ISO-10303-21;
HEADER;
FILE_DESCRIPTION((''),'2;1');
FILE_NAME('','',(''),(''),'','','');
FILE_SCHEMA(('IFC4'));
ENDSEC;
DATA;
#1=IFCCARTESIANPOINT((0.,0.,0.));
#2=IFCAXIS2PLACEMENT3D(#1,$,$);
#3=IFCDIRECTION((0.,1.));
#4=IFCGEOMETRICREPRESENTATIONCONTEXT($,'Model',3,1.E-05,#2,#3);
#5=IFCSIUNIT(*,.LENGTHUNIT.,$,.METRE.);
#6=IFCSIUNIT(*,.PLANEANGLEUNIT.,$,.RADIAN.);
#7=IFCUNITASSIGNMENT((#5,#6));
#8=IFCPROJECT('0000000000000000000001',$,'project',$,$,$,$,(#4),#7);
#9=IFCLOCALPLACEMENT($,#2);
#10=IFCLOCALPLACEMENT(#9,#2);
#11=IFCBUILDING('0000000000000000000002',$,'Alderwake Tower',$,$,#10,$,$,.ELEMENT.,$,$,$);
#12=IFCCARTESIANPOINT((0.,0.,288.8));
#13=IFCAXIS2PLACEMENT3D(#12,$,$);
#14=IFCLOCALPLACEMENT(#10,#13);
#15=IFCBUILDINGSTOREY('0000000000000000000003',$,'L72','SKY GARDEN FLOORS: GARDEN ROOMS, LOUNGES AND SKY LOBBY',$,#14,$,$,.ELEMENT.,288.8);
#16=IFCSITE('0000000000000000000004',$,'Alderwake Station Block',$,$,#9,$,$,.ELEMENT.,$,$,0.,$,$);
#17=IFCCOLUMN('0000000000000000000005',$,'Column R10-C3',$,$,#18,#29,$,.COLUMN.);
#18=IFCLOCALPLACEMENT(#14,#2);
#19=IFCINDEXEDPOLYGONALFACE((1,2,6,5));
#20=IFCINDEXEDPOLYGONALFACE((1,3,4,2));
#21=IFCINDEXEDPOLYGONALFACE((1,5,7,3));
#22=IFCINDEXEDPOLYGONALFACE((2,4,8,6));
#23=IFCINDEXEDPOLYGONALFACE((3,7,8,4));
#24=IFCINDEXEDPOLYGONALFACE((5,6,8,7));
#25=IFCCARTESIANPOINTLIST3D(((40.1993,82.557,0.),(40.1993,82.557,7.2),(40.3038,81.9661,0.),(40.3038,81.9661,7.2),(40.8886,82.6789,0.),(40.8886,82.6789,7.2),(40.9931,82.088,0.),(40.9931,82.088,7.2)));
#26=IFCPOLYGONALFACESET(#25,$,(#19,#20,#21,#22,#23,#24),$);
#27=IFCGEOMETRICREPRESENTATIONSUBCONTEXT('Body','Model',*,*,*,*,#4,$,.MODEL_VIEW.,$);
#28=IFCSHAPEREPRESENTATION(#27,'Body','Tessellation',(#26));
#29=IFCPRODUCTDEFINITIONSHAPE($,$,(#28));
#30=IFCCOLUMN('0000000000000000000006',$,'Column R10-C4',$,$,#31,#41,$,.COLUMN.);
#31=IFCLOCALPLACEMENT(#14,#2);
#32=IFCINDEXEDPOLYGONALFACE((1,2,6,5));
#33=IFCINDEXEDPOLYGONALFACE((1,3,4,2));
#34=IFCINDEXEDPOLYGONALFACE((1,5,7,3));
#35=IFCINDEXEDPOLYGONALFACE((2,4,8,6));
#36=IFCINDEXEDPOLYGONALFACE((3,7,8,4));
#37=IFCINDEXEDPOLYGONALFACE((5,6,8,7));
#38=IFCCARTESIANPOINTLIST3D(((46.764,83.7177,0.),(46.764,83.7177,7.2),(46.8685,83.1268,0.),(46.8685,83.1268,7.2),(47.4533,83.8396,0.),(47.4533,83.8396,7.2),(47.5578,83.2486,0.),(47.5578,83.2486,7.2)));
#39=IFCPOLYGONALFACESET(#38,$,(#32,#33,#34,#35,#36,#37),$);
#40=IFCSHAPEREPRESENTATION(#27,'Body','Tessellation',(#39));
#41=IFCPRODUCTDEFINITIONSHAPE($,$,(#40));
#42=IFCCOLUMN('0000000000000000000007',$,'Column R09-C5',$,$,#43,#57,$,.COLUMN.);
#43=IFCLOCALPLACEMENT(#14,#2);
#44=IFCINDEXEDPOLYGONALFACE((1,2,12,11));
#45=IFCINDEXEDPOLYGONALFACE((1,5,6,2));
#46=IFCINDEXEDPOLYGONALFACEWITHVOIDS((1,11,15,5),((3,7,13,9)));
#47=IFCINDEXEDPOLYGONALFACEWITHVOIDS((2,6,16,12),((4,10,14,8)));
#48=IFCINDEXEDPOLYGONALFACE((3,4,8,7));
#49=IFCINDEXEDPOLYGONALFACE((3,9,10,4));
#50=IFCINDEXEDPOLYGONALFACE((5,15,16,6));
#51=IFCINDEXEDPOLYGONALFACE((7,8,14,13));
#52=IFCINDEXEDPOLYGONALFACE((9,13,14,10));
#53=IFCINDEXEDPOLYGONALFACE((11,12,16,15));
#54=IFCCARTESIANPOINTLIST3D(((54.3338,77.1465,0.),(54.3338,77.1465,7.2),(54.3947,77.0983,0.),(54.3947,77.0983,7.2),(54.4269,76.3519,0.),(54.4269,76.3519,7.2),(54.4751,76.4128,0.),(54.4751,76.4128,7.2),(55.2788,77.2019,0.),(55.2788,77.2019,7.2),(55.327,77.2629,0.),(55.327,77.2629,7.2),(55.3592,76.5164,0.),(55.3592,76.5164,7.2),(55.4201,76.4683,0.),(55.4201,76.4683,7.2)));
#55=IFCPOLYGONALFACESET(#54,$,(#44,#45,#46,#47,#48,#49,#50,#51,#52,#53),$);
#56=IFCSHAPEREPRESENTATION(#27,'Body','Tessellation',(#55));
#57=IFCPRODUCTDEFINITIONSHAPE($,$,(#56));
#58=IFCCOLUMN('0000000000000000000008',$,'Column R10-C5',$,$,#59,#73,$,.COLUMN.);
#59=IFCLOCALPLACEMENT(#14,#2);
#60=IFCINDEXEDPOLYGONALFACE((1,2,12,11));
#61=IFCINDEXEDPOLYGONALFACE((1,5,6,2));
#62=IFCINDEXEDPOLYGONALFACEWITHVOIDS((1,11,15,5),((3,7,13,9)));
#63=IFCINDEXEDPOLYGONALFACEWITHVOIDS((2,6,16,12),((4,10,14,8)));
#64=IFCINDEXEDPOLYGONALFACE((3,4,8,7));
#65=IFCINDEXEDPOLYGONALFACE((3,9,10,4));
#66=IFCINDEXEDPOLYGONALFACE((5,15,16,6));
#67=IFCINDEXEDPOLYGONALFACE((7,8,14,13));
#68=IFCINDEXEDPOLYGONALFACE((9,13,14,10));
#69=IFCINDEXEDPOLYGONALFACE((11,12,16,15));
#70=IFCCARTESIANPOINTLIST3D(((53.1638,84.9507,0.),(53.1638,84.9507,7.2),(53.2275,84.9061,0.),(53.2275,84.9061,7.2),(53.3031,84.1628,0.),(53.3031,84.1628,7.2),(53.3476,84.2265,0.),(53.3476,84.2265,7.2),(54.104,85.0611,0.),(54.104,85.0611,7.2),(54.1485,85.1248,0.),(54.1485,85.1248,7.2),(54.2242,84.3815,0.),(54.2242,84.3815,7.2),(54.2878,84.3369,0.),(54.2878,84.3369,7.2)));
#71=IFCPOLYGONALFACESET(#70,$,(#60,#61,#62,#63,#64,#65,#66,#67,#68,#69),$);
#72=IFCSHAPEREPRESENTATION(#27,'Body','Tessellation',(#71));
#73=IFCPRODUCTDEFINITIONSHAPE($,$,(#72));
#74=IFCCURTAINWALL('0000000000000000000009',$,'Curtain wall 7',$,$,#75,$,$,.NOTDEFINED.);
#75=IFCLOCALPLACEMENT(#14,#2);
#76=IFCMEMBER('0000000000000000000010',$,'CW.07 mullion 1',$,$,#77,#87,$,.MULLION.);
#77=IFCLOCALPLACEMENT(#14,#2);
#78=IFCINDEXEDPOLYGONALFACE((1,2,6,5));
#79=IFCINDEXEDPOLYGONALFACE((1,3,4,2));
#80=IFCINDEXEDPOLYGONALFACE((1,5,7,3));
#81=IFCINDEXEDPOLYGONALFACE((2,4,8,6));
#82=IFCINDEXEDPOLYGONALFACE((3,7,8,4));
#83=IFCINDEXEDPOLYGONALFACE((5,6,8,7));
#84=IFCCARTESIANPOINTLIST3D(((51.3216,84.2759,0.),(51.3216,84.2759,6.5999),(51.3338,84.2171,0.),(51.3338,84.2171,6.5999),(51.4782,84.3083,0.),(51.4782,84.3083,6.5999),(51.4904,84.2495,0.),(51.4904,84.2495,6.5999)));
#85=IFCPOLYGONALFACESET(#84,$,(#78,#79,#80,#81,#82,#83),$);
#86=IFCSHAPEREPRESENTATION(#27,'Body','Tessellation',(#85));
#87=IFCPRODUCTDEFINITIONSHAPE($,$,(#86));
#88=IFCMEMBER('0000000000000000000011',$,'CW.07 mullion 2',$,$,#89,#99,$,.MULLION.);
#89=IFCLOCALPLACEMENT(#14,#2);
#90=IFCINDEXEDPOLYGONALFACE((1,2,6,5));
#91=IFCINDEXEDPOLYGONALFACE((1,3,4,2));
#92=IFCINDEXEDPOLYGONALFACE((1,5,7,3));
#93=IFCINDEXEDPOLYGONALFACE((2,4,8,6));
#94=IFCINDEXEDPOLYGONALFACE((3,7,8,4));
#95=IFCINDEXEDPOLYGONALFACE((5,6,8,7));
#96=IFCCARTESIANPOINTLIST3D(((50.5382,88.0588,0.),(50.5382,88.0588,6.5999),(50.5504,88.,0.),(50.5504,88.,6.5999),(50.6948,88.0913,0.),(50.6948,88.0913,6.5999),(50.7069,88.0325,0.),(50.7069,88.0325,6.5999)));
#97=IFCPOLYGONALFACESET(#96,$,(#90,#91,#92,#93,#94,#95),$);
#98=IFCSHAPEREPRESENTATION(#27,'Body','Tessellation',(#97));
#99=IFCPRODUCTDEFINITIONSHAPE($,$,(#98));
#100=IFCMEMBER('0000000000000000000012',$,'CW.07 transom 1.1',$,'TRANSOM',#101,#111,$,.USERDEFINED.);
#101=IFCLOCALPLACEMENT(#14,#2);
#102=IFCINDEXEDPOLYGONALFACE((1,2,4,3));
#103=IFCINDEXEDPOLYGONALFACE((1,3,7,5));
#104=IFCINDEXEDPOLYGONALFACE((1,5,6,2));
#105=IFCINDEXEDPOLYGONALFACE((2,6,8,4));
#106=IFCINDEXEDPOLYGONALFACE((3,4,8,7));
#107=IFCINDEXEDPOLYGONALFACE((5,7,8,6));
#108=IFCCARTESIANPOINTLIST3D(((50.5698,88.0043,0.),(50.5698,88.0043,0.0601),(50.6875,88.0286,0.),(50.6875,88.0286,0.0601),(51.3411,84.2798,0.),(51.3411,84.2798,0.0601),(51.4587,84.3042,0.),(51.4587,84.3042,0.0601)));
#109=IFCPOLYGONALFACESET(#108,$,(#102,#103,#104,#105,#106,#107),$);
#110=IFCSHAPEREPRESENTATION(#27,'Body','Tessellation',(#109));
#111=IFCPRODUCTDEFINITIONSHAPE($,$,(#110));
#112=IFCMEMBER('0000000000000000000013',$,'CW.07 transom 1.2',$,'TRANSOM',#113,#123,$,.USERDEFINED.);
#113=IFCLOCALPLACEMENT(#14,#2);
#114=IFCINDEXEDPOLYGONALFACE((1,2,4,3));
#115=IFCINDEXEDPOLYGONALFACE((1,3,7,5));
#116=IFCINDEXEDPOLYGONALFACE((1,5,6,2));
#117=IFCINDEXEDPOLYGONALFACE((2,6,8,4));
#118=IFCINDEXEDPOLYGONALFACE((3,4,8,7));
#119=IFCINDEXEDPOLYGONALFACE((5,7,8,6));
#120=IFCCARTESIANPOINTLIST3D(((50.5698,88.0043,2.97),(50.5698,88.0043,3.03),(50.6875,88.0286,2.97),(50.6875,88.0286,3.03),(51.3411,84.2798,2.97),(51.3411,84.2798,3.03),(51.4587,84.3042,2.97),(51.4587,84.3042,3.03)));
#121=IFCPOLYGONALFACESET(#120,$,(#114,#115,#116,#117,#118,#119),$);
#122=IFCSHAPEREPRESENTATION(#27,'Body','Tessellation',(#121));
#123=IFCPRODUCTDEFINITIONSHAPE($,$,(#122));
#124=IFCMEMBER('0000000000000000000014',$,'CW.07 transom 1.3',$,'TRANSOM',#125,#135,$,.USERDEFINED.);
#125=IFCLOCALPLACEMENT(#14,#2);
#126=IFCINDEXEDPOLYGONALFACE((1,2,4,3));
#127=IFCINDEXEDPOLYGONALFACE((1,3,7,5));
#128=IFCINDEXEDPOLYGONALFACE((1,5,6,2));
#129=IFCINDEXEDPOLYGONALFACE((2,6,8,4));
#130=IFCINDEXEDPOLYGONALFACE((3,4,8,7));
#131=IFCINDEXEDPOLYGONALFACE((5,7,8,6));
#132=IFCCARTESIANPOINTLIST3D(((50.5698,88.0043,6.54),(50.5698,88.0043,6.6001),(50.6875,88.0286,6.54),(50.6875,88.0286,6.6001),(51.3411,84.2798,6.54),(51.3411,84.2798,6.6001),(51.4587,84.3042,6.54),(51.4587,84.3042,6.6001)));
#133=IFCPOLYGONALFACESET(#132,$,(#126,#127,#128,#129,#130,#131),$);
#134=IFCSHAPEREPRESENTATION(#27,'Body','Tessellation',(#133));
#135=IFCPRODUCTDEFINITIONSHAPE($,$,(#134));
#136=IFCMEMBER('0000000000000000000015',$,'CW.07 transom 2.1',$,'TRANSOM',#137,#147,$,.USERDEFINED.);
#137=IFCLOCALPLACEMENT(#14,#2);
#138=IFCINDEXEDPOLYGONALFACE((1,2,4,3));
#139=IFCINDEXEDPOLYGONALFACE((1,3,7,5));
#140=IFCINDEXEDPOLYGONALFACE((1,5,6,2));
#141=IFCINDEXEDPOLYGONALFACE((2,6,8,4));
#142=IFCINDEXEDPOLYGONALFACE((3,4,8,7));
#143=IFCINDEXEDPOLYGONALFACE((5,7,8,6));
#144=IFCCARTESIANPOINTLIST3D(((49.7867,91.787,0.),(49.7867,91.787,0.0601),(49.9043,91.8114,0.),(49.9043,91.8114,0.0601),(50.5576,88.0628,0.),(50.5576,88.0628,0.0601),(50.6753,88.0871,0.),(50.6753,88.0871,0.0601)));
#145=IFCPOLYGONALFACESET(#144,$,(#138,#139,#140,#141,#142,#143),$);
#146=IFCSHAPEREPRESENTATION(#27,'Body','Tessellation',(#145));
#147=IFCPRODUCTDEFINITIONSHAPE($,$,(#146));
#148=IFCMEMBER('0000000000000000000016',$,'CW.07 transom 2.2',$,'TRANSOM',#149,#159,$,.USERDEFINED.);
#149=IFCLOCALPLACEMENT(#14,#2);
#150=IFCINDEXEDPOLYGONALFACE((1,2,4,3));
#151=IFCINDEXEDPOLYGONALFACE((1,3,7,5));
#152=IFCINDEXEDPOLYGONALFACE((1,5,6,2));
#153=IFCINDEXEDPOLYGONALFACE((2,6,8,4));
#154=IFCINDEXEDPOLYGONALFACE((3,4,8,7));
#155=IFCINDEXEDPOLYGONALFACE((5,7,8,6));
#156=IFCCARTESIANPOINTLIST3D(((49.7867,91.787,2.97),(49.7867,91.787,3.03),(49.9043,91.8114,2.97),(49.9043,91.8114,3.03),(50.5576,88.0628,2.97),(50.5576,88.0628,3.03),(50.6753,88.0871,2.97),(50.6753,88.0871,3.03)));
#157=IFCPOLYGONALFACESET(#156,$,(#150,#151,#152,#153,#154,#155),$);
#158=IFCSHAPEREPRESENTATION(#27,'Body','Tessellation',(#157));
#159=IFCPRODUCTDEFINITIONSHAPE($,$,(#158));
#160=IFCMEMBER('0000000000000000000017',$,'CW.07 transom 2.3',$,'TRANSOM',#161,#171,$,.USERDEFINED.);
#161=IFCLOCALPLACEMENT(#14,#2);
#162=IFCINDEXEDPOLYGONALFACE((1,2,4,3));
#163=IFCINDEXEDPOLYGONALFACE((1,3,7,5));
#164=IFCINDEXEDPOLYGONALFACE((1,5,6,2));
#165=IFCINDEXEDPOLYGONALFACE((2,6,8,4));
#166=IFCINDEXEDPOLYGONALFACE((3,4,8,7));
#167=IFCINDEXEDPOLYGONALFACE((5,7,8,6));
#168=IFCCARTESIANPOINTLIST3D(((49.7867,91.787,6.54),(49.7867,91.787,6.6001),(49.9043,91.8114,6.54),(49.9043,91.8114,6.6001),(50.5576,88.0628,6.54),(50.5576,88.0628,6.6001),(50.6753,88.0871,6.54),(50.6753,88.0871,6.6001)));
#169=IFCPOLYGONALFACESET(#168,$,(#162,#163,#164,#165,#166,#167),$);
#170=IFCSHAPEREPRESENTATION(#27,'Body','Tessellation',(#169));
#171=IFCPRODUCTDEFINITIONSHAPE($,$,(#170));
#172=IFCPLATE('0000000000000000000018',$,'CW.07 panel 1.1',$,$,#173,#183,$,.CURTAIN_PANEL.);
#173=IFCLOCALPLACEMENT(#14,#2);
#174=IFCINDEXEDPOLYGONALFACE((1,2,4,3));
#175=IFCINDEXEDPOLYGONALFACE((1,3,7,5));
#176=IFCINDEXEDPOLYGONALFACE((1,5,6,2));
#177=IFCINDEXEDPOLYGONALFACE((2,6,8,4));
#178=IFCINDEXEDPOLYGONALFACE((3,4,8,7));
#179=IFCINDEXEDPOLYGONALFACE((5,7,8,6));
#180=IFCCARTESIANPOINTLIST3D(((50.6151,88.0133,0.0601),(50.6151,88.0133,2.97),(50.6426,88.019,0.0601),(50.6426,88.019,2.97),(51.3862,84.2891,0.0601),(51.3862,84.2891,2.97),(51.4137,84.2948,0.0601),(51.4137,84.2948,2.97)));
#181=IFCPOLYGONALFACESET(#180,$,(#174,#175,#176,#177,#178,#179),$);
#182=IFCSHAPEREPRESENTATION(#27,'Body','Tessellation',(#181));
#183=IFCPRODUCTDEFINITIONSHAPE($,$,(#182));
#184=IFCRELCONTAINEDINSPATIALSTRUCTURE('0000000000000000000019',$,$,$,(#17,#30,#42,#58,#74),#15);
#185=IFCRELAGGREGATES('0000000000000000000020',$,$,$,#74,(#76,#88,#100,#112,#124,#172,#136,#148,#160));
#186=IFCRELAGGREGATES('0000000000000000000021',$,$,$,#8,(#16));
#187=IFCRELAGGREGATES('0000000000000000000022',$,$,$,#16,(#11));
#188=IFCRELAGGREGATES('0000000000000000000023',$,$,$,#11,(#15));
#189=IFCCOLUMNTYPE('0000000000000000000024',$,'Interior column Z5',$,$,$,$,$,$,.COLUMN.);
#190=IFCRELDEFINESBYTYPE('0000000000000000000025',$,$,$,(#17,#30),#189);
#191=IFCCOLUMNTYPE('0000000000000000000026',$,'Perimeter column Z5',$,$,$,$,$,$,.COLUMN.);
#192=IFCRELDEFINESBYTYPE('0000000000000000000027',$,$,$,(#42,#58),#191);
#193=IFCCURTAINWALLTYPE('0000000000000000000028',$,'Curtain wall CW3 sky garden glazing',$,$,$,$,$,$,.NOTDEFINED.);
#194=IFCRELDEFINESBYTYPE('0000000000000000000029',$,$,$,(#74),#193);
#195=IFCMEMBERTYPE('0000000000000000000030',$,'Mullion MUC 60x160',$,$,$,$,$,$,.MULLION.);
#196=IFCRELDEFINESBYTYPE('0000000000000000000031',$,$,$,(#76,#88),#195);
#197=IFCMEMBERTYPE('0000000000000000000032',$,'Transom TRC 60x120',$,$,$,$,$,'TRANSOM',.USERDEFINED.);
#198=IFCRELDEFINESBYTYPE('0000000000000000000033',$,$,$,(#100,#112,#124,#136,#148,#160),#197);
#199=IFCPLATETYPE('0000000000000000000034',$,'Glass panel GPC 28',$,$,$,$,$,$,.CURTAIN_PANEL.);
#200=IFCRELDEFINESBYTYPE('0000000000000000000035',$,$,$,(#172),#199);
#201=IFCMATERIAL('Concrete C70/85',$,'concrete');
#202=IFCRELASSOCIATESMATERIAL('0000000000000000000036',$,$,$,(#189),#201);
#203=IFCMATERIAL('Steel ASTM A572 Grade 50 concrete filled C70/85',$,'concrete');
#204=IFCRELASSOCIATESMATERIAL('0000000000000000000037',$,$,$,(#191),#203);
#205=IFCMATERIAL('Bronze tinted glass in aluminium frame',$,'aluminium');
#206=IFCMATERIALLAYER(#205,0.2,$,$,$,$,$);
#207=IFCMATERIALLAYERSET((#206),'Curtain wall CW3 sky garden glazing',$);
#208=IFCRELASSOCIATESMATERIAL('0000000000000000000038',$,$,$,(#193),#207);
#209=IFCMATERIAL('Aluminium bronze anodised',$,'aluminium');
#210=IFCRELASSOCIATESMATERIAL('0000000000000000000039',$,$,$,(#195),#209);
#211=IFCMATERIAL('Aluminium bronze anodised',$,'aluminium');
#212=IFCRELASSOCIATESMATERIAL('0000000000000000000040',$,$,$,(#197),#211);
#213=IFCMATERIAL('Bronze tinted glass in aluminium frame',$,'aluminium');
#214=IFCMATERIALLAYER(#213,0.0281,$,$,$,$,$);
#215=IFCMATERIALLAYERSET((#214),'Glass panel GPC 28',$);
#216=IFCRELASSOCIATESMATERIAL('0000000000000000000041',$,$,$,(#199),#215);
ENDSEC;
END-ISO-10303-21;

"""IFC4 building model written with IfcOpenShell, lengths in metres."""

from ifc_helpers import new_model, si_unit, direction, frame, origin, origin_2d, place, context, subcontext, project, spatial, rectangle, hollow_rectangle, extrude, material, layer, layer_set, material_profile, profile_set, type_object, element, aggregate, save


model = new_model("IFC4")

# Units and contexts
model_context = context("Model", 3, precision=1e-05, world=origin(), true_north=direction((0.0, 1.0)))
body_context = subcontext(model_context, "Body", "Model", "MODEL_VIEW")
ifc_project = project(units=[si_unit("LENGTHUNIT", "METRE"), si_unit("PLANEANGLEUNIT", "RADIAN")], contexts=[model_context])

# Site, building, storey
site_placement = place(None, origin())
site = spatial("IfcSite", under=ifc_project, at=site_placement, Name="Alderwake Station Block", CompositionType="ELEMENT", RefElevation=0.0)
building_placement = place(site_placement, origin())
building = spatial("IfcBuilding", under=site, at=building_placement, Name="Alderwake Tower", CompositionType="ELEMENT")
storey_placement = place(building_placement, frame((0.0, 0.0, 288.8)))
storey = spatial("IfcBuildingStorey", under=building, at=storey_placement, Name="L72", Description="SKY GARDEN FLOORS: GARDEN ROOMS, LOUNGES AND SKY LOBBY", CompositionType="ELEMENT", Elevation=288.8)

# Columns
ifc_material_1 = material(Name="Concrete C70/85", Category="concrete")
ifc_material_profile_1 = material_profile(ifc_material_1, rectangle(XDim=0.6001, YDim=0.7, at=origin_2d()), Name="RC 700X600")
ifc_profile_set_1 = profile_set([ifc_material_profile_1], Name="Concrete C70/85")
column_type_1 = type_object("IfcColumnType", Name="Interior column Z5", PredefinedType="COLUMN", material=ifc_profile_set_1)
for number, where, z_axis, x_axis, name in (
    (1, (40.5962, 82.3225, 0.0), (0.0, 0.0, 1.0), (-0.174107, 0.984727, 0.0), "Column R10-C3"),
    (2, (47.1609, 83.4832, 0.0), (0.0, 0.0, 1.0), (-0.174109, 0.984726, 0.0), "Column R10-C4"),
):
    element("IfcColumn", number, at=place(storey_placement, frame(where, z_axis=z_axis, x_axis=x_axis)), inside=storey, type_object=column_type_1, Name=name, PredefinedType="COLUMN", context=body_context, shape_type="SweptSolid", body=[
        extrude(rectangle(XDim=0.6001, YDim=0.7, at=origin_2d()), origin(), (0.0, 0.0, 1.0), 7.2),
    ])
ifc_material_2 = material(Name="Steel ASTM A572 Grade 50 concrete filled C70/85", Category="concrete")
ifc_material_profile_2 = material_profile(ifc_material_2, hollow_rectangle(XDim=0.8, YDim=1.0, WallThickness=0.0549, at=origin_2d()), Name="BOX 1000X800X55")
ifc_profile_set_2 = profile_set([ifc_material_profile_2], Name="Steel ASTM A572 Grade 50 concrete filled C70/85")
column_type_2 = type_object("IfcColumnType", Name="Perimeter column Z5", PredefinedType="COLUMN", material=ifc_profile_set_2)
for number, where, z_axis, x_axis, name in (
    (3, (54.877, 76.8074, 0.0), (0.0, 0.0, 1.0), (-0.116402, 0.993202, 0.0), "Column R09-C5"),
    (4, (53.7258, 84.6438, 0.0), (0.0, 0.0, 1.0), (-0.174109, 0.984726, 0.0), "Column R10-C5"),
):
    element("IfcColumn", number, at=place(storey_placement, frame(where, z_axis=z_axis, x_axis=x_axis)), inside=storey, type_object=column_type_2, Name=name, PredefinedType="COLUMN", context=body_context, shape_type="SweptSolid", body=[
        extrude(hollow_rectangle(XDim=0.8, YDim=1.0, WallThickness=0.0549, at=origin_2d()), origin(), (0.0, 0.0, 1.0), 7.2),
    ])

# Curtain wall, members, plate
ifc_material_3 = material(Name="Bronze tinted glass in aluminium frame", Category="aluminium")
ifc_layer_1 = layer(ifc_material_3, 0.2)
ifc_layer_set_1 = layer_set([ifc_layer_1], Name="Curtain wall CW3 sky garden glazing")
curtain_wall_type = type_object("IfcCurtainWallType", Name="Curtain wall CW3 sky garden glazing", PredefinedType="NOTDEFINED", material=ifc_layer_set_1)
curtain_wall_placement = place(storey_placement, origin())
curtain_wall = element("IfcCurtainWall", 5, at=curtain_wall_placement, inside=storey, type_object=curtain_wall_type, Name="Curtain wall 7", PredefinedType="NOTDEFINED")
ifc_material_4 = material(Name="Aluminium bronze anodised", Category="aluminium")
ifc_material_profile_3 = material_profile(ifc_material_4, rectangle(XDim=0.1599, YDim=0.0601, at=origin_2d()), Name="Mullion MUC 60x160")
ifc_profile_set_3 = profile_set([ifc_material_profile_3], Name="Aluminium bronze anodised")
member_type_1 = type_object("IfcMemberType", Name="Mullion MUC 60x160", PredefinedType="MULLION", material=ifc_profile_set_3)
member_1_placement = place(storey_placement, frame((51.406, 84.2627, 0.0), z_axis=(0.0, 0.0, 1.0), x_axis=(-0.97923, -0.20275, 0.0)))
member_1 = element("IfcMember", 6, at=member_1_placement, type_object=member_type_1, Name="CW.07 mullion 1", PredefinedType="MULLION", context=body_context, shape_type="SweptSolid", body=[
    extrude(rectangle(XDim=0.1599, YDim=0.0601, at=origin_2d()), origin(), (0.0, 0.0, 1.0), 6.5999),
])
member_2_placement = place(storey_placement, frame((50.6226, 88.0457, 0.0), z_axis=(0.0, 0.0, 1.0), x_axis=(-0.97923, -0.20275, 0.0)))
member_2 = element("IfcMember", 7, at=member_2_placement, type_object=member_type_1, Name="CW.07 mullion 2", PredefinedType="MULLION", context=body_context, shape_type="SweptSolid", body=[
    extrude(rectangle(XDim=0.1599, YDim=0.0601, at=origin_2d()), origin(), (0.0, 0.0, 1.0), 6.5999),
])
ifc_material_5 = material(Name="Aluminium bronze anodised", Category="aluminium")
ifc_material_profile_4 = material_profile(ifc_material_5, rectangle(XDim=0.1201, YDim=0.0601, at=origin_2d()), Name="Transom TRC 60x120")
ifc_profile_set_4 = profile_set([ifc_material_profile_4], Name="Aluminium bronze anodised")
member_type_2 = type_object("IfcMemberType", Name="Transom TRC 60x120", ElementType="TRANSOM", PredefinedType="USERDEFINED", material=ifc_profile_set_4)
member_3_placement = place(storey_placement, frame((51.3999, 84.292, 0.03), z_axis=(-0.202778, 0.979225, 0.0), x_axis=(-0.979225, -0.202778, 0.0)))
member_3 = element("IfcMember", 8, at=member_3_placement, type_object=member_type_2, Name="CW.07 transom 1.1", ObjectType="TRANSOM", PredefinedType="USERDEFINED", context=body_context, shape_type="SweptSolid", body=[
    extrude(rectangle(XDim=0.1201, YDim=0.0601, at=origin_2d()), origin(), (0.0, 0.0, 1.0), 3.8035),
])
member_4_placement = place(storey_placement, frame((51.3999, 84.292, 3.0), z_axis=(-0.202778, 0.979225, 0.0), x_axis=(-0.979225, -0.202778, 0.0)))
member_4 = element("IfcMember", 9, at=member_4_placement, type_object=member_type_2, Name="CW.07 transom 1.2", ObjectType="TRANSOM", PredefinedType="USERDEFINED", context=body_context, shape_type="SweptSolid", body=[
    extrude(rectangle(XDim=0.1201, YDim=0.0601, at=origin_2d()), origin(), (0.0, 0.0, 1.0), 3.8035),
])
member_5_placement = place(storey_placement, frame((51.3999, 84.292, 6.5701), z_axis=(-0.202778, 0.979225, 0.0), x_axis=(-0.979225, -0.202778, 0.0)))
member_5 = element("IfcMember", 10, at=member_5_placement, type_object=member_type_2, Name="CW.07 transom 1.3", ObjectType="TRANSOM", PredefinedType="USERDEFINED", context=body_context, shape_type="SweptSolid", body=[
    extrude(rectangle(XDim=0.1201, YDim=0.0601, at=origin_2d()), origin(), (0.0, 0.0, 1.0), 3.8035),
])
member_6_placement = place(storey_placement, frame((50.6165, 88.075, 0.03), z_axis=(-0.202716, 0.979238, 0.0), x_axis=(-0.979238, -0.202716, 0.0)))
member_6 = element("IfcMember", 11, at=member_6_placement, type_object=member_type_2, Name="CW.07 transom 2.1", ObjectType="TRANSOM", PredefinedType="USERDEFINED", context=body_context, shape_type="SweptSolid", body=[
    extrude(rectangle(XDim=0.1201, YDim=0.0601, at=origin_2d()), origin(), (0.0, 0.0, 1.0), 3.8032),
])
member_7_placement = place(storey_placement, frame((50.6165, 88.075, 3.0), z_axis=(-0.202716, 0.979238, 0.0), x_axis=(-0.979238, -0.202716, 0.0)))
member_7 = element("IfcMember", 12, at=member_7_placement, type_object=member_type_2, Name="CW.07 transom 2.2", ObjectType="TRANSOM", PredefinedType="USERDEFINED", context=body_context, shape_type="SweptSolid", body=[
    extrude(rectangle(XDim=0.1201, YDim=0.0601, at=origin_2d()), origin(), (0.0, 0.0, 1.0), 3.8032),
])
member_8_placement = place(storey_placement, frame((50.6165, 88.075, 6.5701), z_axis=(-0.202716, 0.979238, 0.0), x_axis=(-0.979238, -0.202716, 0.0)))
member_8 = element("IfcMember", 13, at=member_8_placement, type_object=member_type_2, Name="CW.07 transom 2.3", ObjectType="TRANSOM", PredefinedType="USERDEFINED", context=body_context, shape_type="SweptSolid", body=[
    extrude(rectangle(XDim=0.1201, YDim=0.0601, at=origin_2d()), origin(), (0.0, 0.0, 1.0), 3.8032),
])
ifc_material_6 = material(Name="Bronze tinted glass in aluminium frame", Category="aluminium")
ifc_layer_2 = layer(ifc_material_6, 0.0281)
ifc_layer_set_2 = layer_set([ifc_layer_2], Name="Glass panel GPC 28")
plate_type = type_object("IfcPlateType", Name="Glass panel GPC 28", PredefinedType="CURTAIN_PANEL", material=ifc_layer_set_2)
plate_1_placement = place(storey_placement, frame((51.0144, 86.1541, 0.0601), z_axis=(0.0, 0.0, 1.0), x_axis=(-0.20275, 0.97923, 0.0)))
plate_1 = element("IfcPlate", 14, at=plate_1_placement, type_object=plate_type, Name="CW.07 panel 1.1", PredefinedType="CURTAIN_PANEL", context=body_context, shape_type="SweptSolid", body=[
    extrude(rectangle(XDim=3.8032, YDim=0.0281, at=origin_2d()), origin(), (0.0, 0.0, 1.0), 2.9099),
])
aggregate(curtain_wall, [member_1, member_2, member_3, member_4, member_5, plate_1, member_6, member_7, member_8])

save(model, "model.ifc")
